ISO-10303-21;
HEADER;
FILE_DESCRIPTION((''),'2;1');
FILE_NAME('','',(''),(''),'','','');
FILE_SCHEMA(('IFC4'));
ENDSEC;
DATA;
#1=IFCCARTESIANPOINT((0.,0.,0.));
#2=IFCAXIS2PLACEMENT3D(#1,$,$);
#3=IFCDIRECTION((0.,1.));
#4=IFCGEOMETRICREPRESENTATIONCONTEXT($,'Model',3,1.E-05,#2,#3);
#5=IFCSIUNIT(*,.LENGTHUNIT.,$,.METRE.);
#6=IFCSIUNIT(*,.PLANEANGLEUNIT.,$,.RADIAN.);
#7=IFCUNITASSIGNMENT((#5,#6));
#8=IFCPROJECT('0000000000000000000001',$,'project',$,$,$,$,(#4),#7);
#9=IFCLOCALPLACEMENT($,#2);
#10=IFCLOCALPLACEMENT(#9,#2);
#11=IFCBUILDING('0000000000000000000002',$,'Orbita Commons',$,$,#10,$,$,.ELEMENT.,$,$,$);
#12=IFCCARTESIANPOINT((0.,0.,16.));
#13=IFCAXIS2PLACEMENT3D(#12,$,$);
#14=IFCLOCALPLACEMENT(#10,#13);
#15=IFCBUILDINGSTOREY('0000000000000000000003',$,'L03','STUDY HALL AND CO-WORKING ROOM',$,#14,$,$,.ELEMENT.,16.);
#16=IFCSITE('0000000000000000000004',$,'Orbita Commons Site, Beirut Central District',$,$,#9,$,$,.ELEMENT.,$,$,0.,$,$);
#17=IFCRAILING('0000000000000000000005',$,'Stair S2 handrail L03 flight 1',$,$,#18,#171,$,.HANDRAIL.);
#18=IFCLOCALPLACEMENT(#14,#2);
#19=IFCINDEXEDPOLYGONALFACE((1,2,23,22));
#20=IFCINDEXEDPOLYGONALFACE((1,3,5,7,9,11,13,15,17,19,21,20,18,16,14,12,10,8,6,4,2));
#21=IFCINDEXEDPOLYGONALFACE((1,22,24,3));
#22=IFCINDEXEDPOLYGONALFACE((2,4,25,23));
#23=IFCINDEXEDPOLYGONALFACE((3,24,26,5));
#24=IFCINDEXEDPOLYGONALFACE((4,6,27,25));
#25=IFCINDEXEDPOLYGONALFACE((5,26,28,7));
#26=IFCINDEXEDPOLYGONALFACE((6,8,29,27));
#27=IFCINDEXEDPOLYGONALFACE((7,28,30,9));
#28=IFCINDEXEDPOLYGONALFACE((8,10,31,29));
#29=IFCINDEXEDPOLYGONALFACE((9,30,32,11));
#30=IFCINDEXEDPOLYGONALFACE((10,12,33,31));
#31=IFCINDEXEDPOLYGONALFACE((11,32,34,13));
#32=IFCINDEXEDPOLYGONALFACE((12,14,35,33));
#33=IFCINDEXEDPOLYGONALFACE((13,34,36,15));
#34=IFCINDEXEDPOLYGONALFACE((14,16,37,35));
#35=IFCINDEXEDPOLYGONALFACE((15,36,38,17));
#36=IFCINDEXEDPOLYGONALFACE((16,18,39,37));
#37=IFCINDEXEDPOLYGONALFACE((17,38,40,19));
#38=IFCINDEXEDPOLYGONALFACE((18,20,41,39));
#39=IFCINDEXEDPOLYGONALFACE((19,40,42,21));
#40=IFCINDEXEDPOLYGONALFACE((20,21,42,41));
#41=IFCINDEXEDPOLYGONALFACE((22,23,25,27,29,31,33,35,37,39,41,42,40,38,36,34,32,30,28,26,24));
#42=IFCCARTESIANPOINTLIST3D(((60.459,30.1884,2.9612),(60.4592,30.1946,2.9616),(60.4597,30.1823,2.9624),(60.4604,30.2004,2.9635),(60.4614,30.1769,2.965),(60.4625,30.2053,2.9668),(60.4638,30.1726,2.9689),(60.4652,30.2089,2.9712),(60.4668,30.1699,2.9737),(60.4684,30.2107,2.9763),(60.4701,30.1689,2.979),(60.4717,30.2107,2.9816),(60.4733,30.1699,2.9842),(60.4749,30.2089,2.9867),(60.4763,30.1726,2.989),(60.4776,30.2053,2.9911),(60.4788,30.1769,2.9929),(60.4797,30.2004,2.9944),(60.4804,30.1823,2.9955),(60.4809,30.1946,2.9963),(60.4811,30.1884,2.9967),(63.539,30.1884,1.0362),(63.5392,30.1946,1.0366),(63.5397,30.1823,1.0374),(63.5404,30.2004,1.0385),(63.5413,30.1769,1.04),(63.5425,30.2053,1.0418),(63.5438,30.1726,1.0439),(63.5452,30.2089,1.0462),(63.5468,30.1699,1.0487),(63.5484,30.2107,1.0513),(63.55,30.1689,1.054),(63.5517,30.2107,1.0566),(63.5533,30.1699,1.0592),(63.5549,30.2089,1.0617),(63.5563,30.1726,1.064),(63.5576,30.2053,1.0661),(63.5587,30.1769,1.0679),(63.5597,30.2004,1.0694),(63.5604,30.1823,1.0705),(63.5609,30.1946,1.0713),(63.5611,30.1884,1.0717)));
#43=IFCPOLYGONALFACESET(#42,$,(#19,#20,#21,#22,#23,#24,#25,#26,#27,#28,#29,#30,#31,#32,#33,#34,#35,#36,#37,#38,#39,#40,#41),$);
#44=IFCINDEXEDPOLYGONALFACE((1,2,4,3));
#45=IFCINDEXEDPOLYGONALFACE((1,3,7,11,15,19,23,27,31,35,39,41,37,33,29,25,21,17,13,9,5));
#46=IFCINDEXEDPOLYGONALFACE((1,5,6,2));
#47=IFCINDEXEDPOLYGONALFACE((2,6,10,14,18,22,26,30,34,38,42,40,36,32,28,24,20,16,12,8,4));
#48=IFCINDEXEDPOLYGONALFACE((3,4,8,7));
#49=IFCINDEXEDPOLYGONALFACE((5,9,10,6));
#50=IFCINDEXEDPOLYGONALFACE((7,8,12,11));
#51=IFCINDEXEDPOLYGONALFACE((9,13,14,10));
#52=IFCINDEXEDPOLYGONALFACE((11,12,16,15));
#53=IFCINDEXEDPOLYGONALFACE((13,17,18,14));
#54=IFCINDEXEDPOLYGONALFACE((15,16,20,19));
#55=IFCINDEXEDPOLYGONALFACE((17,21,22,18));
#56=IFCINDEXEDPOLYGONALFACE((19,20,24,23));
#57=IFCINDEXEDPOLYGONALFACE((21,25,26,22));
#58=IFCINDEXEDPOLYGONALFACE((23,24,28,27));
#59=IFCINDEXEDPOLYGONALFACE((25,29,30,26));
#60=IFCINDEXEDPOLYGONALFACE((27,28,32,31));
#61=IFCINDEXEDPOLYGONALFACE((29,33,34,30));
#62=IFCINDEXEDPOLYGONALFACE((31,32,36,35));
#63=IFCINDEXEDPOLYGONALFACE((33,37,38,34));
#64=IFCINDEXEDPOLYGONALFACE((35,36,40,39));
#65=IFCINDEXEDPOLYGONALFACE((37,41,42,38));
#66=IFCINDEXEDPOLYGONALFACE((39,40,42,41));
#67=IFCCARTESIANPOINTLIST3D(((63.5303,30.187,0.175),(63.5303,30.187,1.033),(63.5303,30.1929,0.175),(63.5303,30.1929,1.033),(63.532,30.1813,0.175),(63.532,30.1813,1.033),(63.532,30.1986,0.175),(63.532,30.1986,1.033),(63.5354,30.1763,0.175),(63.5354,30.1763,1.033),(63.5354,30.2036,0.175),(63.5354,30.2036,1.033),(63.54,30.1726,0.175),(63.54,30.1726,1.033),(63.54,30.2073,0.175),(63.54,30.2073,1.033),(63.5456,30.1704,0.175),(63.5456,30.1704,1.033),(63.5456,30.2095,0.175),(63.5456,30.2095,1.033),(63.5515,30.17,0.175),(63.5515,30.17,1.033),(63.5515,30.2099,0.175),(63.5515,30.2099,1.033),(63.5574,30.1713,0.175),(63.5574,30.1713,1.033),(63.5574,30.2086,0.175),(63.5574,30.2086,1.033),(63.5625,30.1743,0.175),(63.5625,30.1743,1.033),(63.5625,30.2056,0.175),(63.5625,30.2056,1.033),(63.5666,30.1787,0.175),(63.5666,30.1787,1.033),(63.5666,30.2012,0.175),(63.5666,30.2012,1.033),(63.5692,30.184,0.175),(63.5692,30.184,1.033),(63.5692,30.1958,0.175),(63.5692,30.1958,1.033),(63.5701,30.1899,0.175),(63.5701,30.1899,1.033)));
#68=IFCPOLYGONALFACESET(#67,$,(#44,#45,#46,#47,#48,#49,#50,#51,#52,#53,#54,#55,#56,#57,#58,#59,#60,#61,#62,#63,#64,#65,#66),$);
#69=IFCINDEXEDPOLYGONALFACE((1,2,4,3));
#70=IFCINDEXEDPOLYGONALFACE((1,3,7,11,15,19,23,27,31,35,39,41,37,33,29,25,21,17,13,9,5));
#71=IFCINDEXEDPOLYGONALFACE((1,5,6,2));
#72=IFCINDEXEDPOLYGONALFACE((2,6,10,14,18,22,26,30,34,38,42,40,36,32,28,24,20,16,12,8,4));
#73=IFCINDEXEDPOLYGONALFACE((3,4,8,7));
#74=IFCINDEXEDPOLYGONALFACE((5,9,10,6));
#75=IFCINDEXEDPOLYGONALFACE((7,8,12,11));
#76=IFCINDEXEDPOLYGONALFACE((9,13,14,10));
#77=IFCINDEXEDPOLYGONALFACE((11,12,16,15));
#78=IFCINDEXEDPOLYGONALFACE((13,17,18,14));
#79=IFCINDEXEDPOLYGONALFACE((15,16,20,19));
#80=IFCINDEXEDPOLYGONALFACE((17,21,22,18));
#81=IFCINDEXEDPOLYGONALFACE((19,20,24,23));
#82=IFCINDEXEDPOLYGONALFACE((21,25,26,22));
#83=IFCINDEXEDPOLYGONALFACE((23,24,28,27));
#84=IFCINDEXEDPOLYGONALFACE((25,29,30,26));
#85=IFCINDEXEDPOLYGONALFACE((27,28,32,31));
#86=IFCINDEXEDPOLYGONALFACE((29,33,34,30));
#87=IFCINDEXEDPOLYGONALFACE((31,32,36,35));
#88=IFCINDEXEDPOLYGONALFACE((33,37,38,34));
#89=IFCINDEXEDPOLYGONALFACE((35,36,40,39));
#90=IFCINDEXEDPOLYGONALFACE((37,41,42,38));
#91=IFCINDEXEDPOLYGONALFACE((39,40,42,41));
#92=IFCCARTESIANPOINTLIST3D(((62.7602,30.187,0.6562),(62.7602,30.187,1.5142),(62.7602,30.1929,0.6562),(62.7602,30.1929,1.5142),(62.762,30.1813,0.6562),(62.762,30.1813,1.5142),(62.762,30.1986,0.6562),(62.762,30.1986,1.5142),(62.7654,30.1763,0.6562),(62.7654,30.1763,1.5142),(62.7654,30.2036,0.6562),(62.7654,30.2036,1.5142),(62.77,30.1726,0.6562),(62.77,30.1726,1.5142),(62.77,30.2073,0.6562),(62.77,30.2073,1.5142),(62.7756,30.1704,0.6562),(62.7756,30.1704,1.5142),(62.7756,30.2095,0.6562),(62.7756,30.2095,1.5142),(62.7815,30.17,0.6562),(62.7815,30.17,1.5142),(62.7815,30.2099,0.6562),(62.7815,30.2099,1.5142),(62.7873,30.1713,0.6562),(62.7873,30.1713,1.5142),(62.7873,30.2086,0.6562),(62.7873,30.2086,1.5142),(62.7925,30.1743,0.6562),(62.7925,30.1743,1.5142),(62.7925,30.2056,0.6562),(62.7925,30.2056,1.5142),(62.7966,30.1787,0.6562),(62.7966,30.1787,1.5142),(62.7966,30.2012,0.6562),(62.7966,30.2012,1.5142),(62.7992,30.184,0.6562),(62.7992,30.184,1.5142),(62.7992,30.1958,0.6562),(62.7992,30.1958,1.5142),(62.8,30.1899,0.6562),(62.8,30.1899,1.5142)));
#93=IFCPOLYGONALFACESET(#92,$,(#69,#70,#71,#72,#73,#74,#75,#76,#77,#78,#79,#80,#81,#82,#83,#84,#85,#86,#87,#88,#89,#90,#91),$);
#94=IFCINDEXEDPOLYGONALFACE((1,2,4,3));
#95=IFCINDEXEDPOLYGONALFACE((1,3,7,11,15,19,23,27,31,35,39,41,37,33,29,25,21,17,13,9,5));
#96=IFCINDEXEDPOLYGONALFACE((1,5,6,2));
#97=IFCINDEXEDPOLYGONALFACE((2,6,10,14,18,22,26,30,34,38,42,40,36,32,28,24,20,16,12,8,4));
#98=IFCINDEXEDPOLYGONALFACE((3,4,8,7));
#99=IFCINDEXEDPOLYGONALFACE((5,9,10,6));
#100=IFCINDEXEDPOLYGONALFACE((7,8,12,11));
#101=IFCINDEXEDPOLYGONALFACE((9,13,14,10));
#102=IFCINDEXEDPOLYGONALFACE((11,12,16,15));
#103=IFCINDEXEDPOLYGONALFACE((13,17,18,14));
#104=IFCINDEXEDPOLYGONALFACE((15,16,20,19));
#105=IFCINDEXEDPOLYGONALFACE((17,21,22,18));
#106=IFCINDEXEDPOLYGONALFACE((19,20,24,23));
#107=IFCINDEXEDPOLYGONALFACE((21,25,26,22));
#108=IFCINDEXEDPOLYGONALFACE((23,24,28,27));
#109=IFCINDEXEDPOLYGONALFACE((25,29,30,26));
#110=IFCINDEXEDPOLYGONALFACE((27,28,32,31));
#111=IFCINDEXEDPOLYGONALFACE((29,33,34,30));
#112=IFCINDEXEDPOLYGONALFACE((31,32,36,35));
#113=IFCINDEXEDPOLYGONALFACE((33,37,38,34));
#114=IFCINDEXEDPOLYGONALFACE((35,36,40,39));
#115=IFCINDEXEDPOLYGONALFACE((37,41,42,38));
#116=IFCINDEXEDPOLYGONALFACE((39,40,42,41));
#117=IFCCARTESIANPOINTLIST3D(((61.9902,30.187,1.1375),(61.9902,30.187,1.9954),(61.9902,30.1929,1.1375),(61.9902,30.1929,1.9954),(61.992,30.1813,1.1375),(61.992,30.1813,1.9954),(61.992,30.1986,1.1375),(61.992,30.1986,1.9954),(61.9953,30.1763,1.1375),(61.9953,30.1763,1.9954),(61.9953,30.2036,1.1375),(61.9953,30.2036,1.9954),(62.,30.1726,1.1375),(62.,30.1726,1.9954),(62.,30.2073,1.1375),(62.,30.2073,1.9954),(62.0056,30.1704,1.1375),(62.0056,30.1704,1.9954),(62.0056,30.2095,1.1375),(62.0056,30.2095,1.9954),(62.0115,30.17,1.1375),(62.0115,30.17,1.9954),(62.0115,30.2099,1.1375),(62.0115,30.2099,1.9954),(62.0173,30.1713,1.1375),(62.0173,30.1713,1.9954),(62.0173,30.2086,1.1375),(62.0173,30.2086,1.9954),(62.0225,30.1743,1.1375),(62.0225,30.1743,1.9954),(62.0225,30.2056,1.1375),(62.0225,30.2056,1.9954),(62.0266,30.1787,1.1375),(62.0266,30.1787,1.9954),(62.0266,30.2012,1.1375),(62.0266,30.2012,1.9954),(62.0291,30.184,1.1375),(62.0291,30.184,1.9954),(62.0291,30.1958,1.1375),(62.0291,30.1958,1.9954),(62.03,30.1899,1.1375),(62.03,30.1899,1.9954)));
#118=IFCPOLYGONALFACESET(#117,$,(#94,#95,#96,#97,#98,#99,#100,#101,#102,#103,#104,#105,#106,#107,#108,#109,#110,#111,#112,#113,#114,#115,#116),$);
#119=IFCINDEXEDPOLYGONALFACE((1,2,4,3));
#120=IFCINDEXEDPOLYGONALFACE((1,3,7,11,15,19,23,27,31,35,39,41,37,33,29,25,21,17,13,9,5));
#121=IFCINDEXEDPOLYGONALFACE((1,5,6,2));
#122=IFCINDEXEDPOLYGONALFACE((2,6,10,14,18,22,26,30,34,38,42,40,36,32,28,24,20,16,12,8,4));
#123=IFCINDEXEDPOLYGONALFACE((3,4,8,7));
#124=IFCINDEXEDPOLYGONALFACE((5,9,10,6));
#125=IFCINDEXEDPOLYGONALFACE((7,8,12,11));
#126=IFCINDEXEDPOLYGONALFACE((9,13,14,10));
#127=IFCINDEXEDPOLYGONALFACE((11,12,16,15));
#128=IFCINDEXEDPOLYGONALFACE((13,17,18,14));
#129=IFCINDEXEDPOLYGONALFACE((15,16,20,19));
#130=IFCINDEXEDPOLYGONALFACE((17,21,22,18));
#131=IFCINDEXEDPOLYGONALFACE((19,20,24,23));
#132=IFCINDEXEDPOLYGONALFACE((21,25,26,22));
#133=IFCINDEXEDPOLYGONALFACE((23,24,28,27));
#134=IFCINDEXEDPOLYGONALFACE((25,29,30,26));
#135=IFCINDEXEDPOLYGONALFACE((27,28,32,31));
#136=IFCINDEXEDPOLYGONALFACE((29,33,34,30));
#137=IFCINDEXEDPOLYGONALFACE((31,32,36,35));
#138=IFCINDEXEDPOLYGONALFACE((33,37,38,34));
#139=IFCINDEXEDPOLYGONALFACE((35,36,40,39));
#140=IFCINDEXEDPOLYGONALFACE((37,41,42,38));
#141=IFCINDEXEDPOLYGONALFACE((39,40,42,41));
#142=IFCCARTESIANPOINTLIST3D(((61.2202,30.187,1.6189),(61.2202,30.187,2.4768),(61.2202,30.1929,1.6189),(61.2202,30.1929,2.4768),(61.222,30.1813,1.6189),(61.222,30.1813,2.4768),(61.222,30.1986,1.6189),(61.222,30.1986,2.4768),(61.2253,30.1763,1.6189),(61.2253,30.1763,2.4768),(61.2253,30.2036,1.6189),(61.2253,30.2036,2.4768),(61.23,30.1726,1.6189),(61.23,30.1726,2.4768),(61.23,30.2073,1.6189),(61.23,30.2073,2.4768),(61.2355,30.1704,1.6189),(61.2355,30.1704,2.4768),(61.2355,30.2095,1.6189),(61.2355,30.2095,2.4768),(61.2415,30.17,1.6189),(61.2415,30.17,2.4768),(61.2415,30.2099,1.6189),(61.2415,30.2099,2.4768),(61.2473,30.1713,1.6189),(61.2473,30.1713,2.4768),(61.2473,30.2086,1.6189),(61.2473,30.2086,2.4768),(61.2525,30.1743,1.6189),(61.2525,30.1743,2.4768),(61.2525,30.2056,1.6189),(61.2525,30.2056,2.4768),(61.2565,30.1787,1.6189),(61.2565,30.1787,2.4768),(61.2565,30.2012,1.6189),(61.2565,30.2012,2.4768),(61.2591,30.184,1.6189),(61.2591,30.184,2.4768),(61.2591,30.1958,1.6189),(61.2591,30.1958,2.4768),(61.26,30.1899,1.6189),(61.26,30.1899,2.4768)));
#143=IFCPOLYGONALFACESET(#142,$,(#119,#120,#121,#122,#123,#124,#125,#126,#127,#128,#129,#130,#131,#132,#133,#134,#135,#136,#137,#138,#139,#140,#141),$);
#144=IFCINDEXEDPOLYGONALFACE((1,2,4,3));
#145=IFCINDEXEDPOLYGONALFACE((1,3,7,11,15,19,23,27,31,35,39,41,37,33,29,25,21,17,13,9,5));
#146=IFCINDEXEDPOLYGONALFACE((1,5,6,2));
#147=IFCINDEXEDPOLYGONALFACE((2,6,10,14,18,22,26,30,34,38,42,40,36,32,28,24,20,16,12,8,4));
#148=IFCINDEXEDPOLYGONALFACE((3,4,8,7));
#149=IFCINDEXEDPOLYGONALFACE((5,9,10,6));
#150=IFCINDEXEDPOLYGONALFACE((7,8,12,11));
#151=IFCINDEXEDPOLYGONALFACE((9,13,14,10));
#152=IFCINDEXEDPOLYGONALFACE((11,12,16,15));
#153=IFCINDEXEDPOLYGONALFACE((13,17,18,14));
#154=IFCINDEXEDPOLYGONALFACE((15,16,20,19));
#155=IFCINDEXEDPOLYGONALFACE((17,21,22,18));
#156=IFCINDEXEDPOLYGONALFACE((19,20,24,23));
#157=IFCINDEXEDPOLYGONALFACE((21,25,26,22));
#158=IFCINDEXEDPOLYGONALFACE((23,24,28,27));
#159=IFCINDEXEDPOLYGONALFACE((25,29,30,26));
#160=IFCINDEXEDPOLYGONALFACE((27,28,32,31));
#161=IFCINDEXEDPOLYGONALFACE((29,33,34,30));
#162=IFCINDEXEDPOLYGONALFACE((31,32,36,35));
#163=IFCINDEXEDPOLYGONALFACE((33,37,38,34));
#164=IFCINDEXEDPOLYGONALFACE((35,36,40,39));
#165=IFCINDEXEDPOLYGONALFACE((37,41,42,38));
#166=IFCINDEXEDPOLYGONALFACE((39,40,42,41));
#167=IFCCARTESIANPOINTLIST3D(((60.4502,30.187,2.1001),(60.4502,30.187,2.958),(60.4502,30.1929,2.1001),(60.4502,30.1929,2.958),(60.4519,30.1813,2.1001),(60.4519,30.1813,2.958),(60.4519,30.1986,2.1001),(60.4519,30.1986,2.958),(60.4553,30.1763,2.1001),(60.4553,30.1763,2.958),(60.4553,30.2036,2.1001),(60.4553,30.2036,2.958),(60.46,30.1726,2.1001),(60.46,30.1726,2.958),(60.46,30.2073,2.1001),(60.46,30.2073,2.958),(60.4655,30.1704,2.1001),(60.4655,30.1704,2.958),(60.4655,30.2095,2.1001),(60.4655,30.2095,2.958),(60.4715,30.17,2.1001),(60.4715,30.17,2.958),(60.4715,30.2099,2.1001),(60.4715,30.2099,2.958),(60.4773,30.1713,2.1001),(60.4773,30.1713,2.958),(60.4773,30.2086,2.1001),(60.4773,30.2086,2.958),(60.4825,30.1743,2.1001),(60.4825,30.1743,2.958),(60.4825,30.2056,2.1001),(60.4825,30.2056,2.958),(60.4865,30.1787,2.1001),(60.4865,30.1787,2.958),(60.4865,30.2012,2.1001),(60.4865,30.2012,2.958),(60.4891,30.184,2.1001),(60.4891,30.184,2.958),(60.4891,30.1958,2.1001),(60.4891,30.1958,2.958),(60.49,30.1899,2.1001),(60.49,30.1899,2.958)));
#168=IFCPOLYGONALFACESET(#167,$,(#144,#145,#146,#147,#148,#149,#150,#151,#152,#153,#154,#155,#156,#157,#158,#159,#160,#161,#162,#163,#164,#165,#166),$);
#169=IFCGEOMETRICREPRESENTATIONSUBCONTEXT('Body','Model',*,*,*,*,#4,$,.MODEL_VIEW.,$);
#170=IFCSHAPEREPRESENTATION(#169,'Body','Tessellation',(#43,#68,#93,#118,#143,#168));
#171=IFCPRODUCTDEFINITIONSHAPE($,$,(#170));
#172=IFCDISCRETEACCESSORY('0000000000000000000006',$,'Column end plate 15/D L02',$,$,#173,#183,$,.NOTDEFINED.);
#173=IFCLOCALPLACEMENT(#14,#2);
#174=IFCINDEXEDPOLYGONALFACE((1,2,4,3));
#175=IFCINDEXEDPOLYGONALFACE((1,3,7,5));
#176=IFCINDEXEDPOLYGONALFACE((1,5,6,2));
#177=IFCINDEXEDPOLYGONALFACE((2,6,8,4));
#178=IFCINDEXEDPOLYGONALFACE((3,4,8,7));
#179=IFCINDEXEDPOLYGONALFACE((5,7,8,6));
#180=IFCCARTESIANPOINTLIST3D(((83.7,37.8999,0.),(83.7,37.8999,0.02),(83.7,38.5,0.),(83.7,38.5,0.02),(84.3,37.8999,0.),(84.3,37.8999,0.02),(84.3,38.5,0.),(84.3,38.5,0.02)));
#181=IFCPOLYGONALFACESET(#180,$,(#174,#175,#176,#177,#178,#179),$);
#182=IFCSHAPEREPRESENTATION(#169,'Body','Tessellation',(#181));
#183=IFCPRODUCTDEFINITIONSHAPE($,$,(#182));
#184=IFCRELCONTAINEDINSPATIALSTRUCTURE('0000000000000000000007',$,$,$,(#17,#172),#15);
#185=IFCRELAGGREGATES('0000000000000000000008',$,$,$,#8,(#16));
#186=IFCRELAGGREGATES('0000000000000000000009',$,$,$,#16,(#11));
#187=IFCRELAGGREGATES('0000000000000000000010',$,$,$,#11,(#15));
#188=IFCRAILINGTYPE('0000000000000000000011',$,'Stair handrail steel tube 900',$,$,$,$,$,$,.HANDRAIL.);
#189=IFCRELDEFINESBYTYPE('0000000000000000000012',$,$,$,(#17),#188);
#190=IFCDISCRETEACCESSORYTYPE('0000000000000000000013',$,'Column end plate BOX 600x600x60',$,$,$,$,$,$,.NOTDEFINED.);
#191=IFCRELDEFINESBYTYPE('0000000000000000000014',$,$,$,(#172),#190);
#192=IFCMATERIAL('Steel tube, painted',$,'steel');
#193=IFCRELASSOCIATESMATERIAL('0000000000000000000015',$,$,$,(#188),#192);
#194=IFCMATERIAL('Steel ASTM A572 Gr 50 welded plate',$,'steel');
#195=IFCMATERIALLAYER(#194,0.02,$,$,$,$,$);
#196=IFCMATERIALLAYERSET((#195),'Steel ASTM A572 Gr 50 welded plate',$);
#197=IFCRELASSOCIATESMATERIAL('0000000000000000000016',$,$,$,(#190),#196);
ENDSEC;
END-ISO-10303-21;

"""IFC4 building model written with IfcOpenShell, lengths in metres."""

from ifc_helpers import new_model, si_unit, direction, frame, origin, origin_2d, place, context, subcontext, project, spatial, rectangle, circle, extrude, material, layer, layer_set, type_object, element, save


model = new_model("IFC4")

# Units and contexts
model_context = context("Model", 3, precision=1e-05, world=origin(), true_north=direction((0.0, 1.0)))
body_context = subcontext(model_context, "Body", "Model", "MODEL_VIEW")
ifc_project = project(units=[si_unit("LENGTHUNIT", "METRE"), si_unit("PLANEANGLEUNIT", "RADIAN")], contexts=[model_context])

# Site, building, storey
site_placement = place(None, origin())
site = spatial("IfcSite", under=ifc_project, at=site_placement, Name="Orbita Commons Site, Beirut Central District", CompositionType="ELEMENT", RefElevation=0.0)
building_placement = place(site_placement, origin())
building = spatial("IfcBuilding", under=site, at=building_placement, Name="Orbita Commons", CompositionType="ELEMENT")
storey_placement = place(building_placement, frame((0.0, 0.0, 16.0)))
storey = spatial("IfcBuildingStorey", under=building, at=storey_placement, Name="L03", Description="STUDY HALL AND CO-WORKING ROOM", CompositionType="ELEMENT", Elevation=16.0)

# Railing
ifc_material_1 = material(Name="Steel tube, painted", Category="steel")
railing_type = type_object("IfcRailingType", Name="Stair handrail steel tube 900", PredefinedType="HANDRAIL", material=ifc_material_1)
for number, where, name in (
    (1, (63.55, 30.1899, 0.175), "Stair S2 handrail L03 flight 1"),
):
    element("IfcRailing", number, at=place(storey_placement, frame(where)), inside=storey, type_object=railing_type, Name=name, PredefinedType="HANDRAIL", context=body_context, shape_type="SweptSolid", body=[
        extrude(circle(Radius=0.021, at=origin_2d()), frame((0.0, 0.0, 0.8789), z_axis=(-0.847998, 0.0, 0.529999), x_axis=(0.0, -1.0, 0.0)), (0.0, 0.0, 1.0), 3.6321),
        extrude(circle(Radius=0.02, at=origin_2d()), origin(), (0.0, 0.0, 1.0), 0.8579),
        extrude(circle(Radius=0.02, at=origin_2d()), frame((-0.77, 0.0, 0.4812)), (0.0, 0.0, 1.0), 0.8579),
        extrude(circle(Radius=0.02, at=origin_2d()), frame((-1.54, 0.0, 0.9624)), (0.0, 0.0, 1.0), 0.8579),
        extrude(circle(Radius=0.02, at=origin_2d()), frame((-2.3101, 0.0, 1.4438)), (0.0, 0.0, 1.0), 0.8579),
        extrude(circle(Radius=0.02, at=origin_2d()), frame((-3.0801, 0.0, 1.925)), (0.0, 0.0, 1.0), 0.8579),
    ])

# Discrete accessory
ifc_material_2 = material(Name="Steel ASTM A572 Gr 50 welded plate", Category="steel")
ifc_layer_1 = layer(ifc_material_2, 0.02)
ifc_layer_set_1 = layer_set([ifc_layer_1], Name="Steel ASTM A572 Gr 50 welded plate")
discrete_accessory_type = type_object("IfcDiscreteAccessoryType", Name="Column end plate BOX 600x600x60", PredefinedType="NOTDEFINED", material=ifc_layer_set_1)
discrete_accessory_placement = place(storey_placement, frame((84.0, 38.2, 0.0), z_axis=(0.0, 0.0, 1.0), x_axis=(1.0, 0.0, 0.0)))
element("IfcDiscreteAccessory", 2, at=discrete_accessory_placement, inside=storey, type_object=discrete_accessory_type, Name="Column end plate 15/D L02", PredefinedType="NOTDEFINED", context=body_context, shape_type="SweptSolid", body=[
    extrude(rectangle(XDim=0.6001, YDim=0.6001, at=origin_2d()), origin(), (0.0, 0.0, 1.0), 0.02),
])

save(model, "model.ifc")
